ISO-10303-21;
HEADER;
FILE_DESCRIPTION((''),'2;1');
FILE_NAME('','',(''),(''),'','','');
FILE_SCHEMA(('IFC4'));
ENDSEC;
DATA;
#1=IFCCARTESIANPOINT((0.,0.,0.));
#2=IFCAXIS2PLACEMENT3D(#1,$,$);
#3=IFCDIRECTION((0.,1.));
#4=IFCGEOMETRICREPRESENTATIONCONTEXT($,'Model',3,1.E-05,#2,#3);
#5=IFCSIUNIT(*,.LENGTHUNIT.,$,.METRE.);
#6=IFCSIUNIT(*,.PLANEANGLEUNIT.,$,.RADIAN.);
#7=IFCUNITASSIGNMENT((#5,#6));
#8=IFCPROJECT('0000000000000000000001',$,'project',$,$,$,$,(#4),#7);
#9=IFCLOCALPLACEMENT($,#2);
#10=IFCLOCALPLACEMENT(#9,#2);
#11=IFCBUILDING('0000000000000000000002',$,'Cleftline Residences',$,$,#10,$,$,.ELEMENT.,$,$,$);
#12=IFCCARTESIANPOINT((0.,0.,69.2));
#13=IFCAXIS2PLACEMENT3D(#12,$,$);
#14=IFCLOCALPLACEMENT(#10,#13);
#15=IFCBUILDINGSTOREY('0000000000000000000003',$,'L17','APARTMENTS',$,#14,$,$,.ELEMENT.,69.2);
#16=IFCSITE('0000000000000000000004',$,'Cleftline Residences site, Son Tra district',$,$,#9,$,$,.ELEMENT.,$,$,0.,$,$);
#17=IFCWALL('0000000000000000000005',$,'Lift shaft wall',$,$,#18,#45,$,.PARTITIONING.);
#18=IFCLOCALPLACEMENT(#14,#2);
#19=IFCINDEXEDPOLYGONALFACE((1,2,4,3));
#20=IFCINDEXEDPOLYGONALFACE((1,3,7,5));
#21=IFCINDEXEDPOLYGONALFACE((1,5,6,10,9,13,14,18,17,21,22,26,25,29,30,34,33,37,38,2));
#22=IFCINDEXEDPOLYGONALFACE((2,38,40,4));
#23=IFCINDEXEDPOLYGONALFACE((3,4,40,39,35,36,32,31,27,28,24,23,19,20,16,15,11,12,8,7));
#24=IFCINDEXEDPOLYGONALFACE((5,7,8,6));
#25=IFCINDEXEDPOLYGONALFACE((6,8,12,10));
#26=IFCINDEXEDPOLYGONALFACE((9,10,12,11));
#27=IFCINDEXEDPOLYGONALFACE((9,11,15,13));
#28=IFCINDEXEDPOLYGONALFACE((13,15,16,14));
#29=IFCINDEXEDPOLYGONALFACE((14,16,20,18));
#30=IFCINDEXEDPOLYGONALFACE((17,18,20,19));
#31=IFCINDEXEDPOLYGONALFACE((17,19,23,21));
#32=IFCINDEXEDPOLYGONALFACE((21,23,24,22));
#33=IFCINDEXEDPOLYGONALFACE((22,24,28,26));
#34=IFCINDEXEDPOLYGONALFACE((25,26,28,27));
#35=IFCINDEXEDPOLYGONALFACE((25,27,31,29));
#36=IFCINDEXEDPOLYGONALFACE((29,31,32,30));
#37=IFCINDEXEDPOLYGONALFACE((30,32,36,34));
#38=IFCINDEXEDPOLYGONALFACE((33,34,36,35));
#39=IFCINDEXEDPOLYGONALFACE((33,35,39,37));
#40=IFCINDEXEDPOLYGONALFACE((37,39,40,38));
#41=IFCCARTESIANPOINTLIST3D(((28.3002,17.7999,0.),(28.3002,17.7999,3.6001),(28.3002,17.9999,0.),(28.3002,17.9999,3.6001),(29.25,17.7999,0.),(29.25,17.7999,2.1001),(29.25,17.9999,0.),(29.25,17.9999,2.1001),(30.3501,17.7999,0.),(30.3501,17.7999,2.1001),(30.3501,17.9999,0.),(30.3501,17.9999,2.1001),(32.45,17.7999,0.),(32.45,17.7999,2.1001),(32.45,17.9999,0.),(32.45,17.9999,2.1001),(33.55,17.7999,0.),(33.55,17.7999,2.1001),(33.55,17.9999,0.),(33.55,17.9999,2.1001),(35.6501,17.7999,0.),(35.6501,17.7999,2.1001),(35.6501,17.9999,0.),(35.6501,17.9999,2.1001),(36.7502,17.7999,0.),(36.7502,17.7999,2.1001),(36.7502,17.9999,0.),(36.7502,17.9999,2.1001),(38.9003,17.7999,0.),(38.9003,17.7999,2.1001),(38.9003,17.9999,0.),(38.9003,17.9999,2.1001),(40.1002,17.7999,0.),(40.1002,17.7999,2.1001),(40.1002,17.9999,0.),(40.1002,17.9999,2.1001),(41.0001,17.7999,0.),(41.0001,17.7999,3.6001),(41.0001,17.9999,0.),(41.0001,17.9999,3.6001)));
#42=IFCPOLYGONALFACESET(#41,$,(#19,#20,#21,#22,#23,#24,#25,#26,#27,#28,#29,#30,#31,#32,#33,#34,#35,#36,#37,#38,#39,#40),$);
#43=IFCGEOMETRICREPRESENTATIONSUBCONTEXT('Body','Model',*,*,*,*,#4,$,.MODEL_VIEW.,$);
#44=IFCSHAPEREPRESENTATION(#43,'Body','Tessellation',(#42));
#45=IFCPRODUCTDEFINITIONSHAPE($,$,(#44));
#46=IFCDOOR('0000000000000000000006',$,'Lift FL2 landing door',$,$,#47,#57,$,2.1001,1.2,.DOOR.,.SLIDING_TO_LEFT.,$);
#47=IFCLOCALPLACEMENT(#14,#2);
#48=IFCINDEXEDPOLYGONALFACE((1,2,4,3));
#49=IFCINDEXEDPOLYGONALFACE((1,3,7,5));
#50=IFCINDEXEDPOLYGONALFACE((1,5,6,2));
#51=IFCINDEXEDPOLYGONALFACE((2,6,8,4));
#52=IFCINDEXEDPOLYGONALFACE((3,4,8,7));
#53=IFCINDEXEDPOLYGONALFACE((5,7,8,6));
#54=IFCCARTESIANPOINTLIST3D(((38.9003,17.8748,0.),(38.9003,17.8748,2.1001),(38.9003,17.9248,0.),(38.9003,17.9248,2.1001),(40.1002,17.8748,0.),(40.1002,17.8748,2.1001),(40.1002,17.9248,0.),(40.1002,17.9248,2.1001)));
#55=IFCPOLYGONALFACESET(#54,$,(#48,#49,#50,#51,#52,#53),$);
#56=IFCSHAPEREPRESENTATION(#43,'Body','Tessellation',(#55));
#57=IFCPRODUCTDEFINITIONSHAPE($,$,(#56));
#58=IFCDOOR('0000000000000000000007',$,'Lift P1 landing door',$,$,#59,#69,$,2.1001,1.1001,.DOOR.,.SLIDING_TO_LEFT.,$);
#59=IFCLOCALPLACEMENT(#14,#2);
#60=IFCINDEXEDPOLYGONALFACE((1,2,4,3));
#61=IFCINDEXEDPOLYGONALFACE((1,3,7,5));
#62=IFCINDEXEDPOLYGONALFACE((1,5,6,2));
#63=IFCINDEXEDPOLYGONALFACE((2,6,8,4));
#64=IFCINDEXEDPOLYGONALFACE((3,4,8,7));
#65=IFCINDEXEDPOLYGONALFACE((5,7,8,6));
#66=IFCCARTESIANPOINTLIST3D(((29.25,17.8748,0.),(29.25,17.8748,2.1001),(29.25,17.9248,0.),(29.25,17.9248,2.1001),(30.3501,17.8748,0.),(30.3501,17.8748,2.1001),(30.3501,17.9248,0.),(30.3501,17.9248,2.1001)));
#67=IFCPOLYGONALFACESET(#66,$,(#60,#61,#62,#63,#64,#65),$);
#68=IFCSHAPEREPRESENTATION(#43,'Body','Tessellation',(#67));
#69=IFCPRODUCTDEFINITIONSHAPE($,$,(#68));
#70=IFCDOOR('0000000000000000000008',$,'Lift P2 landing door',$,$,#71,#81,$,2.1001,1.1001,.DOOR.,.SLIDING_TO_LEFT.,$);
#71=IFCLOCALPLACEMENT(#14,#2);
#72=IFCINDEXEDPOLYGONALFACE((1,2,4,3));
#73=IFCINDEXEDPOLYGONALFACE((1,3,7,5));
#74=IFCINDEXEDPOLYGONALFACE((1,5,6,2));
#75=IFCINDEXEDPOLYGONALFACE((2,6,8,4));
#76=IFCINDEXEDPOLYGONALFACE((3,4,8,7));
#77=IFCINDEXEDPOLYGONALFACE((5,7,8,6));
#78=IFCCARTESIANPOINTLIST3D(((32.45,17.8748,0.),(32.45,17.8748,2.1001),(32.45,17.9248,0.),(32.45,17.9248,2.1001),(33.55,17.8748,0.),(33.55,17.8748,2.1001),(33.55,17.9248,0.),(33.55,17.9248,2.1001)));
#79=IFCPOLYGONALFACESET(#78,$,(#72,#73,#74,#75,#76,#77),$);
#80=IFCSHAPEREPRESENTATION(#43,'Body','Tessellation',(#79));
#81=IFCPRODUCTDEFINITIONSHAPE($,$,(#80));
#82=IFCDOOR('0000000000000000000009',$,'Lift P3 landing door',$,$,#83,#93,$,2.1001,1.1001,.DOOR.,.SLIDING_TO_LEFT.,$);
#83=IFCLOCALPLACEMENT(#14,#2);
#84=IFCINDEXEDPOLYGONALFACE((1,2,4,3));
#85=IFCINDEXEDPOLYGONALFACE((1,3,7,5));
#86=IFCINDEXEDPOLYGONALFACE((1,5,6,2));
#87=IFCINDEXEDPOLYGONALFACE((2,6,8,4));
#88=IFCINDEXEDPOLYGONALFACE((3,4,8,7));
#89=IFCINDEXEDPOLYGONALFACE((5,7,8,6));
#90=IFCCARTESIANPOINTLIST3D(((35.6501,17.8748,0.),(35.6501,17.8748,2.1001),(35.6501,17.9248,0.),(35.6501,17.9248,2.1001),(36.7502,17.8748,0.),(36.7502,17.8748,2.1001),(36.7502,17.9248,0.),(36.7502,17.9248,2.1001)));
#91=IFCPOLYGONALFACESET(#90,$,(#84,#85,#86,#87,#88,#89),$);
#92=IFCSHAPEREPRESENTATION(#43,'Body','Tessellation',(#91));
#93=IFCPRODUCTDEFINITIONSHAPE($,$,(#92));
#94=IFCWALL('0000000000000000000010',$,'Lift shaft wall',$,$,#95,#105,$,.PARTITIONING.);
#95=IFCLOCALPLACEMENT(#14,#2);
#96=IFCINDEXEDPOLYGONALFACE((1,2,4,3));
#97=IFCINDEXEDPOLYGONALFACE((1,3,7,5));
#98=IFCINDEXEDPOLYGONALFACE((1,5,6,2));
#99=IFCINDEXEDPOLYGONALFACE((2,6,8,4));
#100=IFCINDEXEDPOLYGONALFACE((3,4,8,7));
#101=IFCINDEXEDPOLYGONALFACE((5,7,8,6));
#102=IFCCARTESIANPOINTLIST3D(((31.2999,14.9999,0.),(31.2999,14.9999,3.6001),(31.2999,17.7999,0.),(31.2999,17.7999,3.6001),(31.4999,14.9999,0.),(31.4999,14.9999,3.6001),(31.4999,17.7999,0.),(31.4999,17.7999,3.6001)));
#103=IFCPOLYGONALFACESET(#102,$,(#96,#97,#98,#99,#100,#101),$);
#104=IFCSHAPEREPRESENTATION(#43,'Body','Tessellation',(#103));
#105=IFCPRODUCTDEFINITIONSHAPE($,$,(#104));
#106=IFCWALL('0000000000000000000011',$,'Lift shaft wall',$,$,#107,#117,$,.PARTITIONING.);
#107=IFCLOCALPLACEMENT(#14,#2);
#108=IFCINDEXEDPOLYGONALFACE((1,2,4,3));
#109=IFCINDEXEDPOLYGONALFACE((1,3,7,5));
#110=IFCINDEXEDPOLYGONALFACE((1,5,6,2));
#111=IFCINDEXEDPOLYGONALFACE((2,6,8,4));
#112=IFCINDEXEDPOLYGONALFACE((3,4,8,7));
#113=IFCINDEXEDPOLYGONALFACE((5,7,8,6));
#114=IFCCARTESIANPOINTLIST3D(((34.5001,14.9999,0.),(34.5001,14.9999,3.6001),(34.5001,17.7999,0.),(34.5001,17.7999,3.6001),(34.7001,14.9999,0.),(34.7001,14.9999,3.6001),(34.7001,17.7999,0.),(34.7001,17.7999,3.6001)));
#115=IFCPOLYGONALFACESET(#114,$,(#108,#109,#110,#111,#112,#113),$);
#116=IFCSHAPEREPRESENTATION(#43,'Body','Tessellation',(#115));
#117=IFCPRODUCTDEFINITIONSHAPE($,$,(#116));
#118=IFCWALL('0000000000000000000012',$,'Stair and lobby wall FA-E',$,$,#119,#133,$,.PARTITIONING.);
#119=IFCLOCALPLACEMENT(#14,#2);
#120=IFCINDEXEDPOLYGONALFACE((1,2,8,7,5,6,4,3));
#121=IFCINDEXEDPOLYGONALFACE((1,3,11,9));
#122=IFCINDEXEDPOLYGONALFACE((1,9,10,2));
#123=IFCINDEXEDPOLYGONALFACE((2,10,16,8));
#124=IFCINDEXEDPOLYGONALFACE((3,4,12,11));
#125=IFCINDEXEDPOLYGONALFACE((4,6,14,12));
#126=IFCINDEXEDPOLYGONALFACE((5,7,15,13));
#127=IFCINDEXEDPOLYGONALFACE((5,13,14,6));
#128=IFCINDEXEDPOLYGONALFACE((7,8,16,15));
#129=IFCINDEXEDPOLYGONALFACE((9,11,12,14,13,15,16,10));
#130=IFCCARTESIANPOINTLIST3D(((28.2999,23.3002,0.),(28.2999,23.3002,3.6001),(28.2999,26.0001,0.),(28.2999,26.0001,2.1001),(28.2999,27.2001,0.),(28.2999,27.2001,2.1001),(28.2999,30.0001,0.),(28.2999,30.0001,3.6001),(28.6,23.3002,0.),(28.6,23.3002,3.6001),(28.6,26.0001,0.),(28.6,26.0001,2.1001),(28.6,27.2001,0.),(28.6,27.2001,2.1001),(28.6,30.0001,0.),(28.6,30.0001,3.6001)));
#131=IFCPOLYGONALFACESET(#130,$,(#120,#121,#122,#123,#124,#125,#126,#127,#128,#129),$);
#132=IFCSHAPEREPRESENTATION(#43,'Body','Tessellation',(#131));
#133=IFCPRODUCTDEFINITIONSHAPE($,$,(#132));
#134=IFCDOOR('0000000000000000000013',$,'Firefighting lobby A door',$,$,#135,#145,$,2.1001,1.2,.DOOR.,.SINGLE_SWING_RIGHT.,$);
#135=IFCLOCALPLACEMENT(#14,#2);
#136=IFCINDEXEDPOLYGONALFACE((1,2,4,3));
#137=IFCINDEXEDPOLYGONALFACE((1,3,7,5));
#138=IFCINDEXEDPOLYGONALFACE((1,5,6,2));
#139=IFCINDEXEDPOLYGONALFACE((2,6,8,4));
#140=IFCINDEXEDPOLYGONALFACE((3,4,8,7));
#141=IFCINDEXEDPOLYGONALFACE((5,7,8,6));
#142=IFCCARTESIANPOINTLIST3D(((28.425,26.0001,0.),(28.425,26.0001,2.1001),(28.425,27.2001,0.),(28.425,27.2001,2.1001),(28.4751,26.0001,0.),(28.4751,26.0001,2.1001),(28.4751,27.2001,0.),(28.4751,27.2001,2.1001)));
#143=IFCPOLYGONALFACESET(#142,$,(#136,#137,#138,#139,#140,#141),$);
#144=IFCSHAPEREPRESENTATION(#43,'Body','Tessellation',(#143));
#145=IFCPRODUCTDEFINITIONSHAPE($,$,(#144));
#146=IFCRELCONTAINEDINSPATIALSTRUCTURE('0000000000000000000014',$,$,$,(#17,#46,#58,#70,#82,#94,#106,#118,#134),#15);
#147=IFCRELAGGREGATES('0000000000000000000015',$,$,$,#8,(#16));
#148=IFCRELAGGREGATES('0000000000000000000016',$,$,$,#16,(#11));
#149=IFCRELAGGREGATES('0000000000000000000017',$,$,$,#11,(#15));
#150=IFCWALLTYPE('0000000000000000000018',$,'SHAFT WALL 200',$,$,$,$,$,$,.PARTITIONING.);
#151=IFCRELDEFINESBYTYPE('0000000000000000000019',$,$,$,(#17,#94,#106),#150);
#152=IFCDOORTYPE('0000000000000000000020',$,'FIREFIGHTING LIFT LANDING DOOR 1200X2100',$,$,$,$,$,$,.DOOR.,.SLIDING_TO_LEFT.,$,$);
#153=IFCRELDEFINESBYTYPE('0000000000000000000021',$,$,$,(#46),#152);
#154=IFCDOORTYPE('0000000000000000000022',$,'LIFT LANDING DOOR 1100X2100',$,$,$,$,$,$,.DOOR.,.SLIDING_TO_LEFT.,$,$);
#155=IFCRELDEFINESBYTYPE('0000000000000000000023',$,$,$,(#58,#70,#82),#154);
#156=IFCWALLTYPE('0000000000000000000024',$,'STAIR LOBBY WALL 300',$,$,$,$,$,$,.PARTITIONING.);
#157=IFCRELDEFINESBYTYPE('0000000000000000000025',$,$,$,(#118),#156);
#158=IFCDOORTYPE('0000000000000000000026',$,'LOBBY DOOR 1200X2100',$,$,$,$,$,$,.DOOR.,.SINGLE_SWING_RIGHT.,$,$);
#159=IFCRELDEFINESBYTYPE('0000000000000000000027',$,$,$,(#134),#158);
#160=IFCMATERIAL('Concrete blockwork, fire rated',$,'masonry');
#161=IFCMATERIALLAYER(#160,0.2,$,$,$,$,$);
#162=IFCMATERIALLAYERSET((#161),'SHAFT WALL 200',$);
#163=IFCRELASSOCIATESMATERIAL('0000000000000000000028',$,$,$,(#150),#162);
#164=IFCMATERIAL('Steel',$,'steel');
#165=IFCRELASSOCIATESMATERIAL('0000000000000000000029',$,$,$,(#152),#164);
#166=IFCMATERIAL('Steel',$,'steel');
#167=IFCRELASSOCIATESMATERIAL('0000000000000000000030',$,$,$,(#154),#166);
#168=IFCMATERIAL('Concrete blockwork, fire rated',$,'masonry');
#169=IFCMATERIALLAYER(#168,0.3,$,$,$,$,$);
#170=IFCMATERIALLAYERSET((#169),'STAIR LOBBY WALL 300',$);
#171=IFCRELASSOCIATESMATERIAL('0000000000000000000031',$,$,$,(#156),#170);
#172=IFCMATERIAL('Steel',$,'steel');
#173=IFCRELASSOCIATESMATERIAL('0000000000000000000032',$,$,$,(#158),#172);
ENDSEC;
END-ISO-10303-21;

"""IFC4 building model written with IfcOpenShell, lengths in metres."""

from ifc_helpers import new_model, si_unit, direction, frame, frame_2d, origin, place, context, subcontext, project, spatial, rectangle, extrude, material, layer, layer_set, type_object, element, fill, save


model = new_model("IFC4")

# Units and contexts
model_context = context("Model", 3, precision=1e-05, world=origin(), true_north=direction((0.0, 1.0)))
body_context = subcontext(model_context, "Body", "Model", "MODEL_VIEW")
ifc_project = project(units=[si_unit("LENGTHUNIT", "METRE"), si_unit("PLANEANGLEUNIT", "RADIAN")], contexts=[model_context])

# Site, building, storey
site_placement = place(None, origin())
site = spatial("IfcSite", under=ifc_project, at=site_placement, Name="Cleftline Residences site, Son Tra district", CompositionType="ELEMENT", RefElevation=0.0)
building_placement = place(site_placement, origin())
building = spatial("IfcBuilding", under=site, at=building_placement, Name="Cleftline Residences", CompositionType="ELEMENT")
storey_placement = place(building_placement, frame((0.0, 0.0, 69.2)))
storey = spatial("IfcBuildingStorey", under=building, at=storey_placement, Name="L17", Description="APARTMENTS", CompositionType="ELEMENT", Elevation=69.2)

# Wall, openings, doors
ifc_material_1 = material(Name="Concrete blockwork, fire rated", Category="masonry")
ifc_layer_1 = layer(ifc_material_1, 0.2)
ifc_layer_set_1 = layer_set([ifc_layer_1], Name="SHAFT WALL 200")
wall_type_1 = type_object("IfcWallType", Name="SHAFT WALL 200", PredefinedType="PARTITIONING", material=ifc_layer_set_1)
wall_1_placement = place(storey_placement, frame((28.3, 17.8999, 0.0), z_axis=(0.0, 0.0, 1.0), x_axis=(1.0, 0.0, 0.0)))
wall_1 = element("IfcWall", 1, at=wall_1_placement, inside=storey, type_object=wall_type_1, Name="Lift shaft wall", PredefinedType="PARTITIONING", context=body_context, shape_type="SweptSolid", body=[
    extrude(rectangle(XDim=12.7, YDim=0.2, at=frame_2d((6.3501, 0.0))), origin(), (0.0, 0.0, 1.0), 3.6001),
])
opening_1_placement = place(wall_1_placement, frame((0.95, 0.0, 0.0)))
opening_1 = element("IfcOpeningElement", 2, at=opening_1_placement, cuts=wall_1, PredefinedType="OPENING", context=body_context, shape_type="SweptSolid", body=[
    extrude(rectangle(XDim=1.1001, YDim=2.1001, at=frame_2d((0.55, 1.05))), frame((0.0, 0.1099, 0.0), z_axis=(0.0, -1.0, 0.0), x_axis=(1.0, 0.0, 0.0)), (0.0, 0.0, 1.0), 0.22),
])
opening_2_placement = place(wall_1_placement, frame((4.1499, 0.0, 0.0)))
opening_2 = element("IfcOpeningElement", 3, at=opening_2_placement, cuts=wall_1, PredefinedType="OPENING", context=body_context, shape_type="SweptSolid", body=[
    extrude(rectangle(XDim=1.1001, YDim=2.1001, at=frame_2d((0.55, 1.05))), frame((0.0, 0.1099, 0.0), z_axis=(0.0, -1.0, 0.0), x_axis=(1.0, 0.0, 0.0)), (0.0, 0.0, 1.0), 0.22),
])
opening_3_placement = place(wall_1_placement, frame((7.3501, 0.0, 0.0)))
opening_3 = element("IfcOpeningElement", 4, at=opening_3_placement, cuts=wall_1, PredefinedType="OPENING", context=body_context, shape_type="SweptSolid", body=[
    extrude(rectangle(XDim=1.1001, YDim=2.1001, at=frame_2d((0.55, 1.05))), frame((0.0, 0.1099, 0.0), z_axis=(0.0, -1.0, 0.0), x_axis=(1.0, 0.0, 0.0)), (0.0, 0.0, 1.0), 0.22),
])
opening_4_placement = place(wall_1_placement, frame((10.6001, 0.0, 0.0)))
opening_4 = element("IfcOpeningElement", 5, at=opening_4_placement, cuts=wall_1, PredefinedType="OPENING", context=body_context, shape_type="SweptSolid", body=[
    extrude(rectangle(XDim=1.2, YDim=2.1001, at=frame_2d((0.6001, 1.05))), frame((0.0, 0.1099, 0.0), z_axis=(0.0, -1.0, 0.0), x_axis=(1.0, 0.0, 0.0)), (0.0, 0.0, 1.0), 0.22),
])
ifc_material_2 = material(Name="Steel", Category="steel")
door_type_1 = type_object("IfcDoorType", Name="FIREFIGHTING LIFT LANDING DOOR 1200X2100", OperationType="SLIDING_TO_LEFT", PredefinedType="DOOR", material=ifc_material_2)
door_1_placement = place(opening_4_placement, origin())
door_1 = element("IfcDoor", 6, at=door_1_placement, inside=storey, type_object=door_type_1, Name="Lift FL2 landing door", OperationType="SLIDING_TO_LEFT", OverallHeight=2.1001, OverallWidth=1.2, PredefinedType="DOOR", context=body_context, shape_type="SweptSolid", body=[
    extrude(rectangle(XDim=1.2, YDim=2.1001, at=frame_2d((0.6001, 1.05))), frame((0.0, 0.0249, 0.0), z_axis=(0.0, -1.0, 0.0), x_axis=(1.0, 0.0, 0.0)), (0.0, 0.0, 1.0), 0.05),
])
fill(opening_4, door_1)
ifc_material_3 = material(Name="Steel", Category="steel")
door_type_2 = type_object("IfcDoorType", Name="LIFT LANDING DOOR 1100X2100", OperationType="SLIDING_TO_LEFT", PredefinedType="DOOR", material=ifc_material_3)
door_2_placement = place(opening_1_placement, origin())
door_2 = element("IfcDoor", 7, at=door_2_placement, inside=storey, type_object=door_type_2, Name="Lift P1 landing door", OperationType="SLIDING_TO_LEFT", OverallHeight=2.1001, OverallWidth=1.1001, PredefinedType="DOOR", context=body_context, shape_type="SweptSolid", body=[
    extrude(rectangle(XDim=1.1001, YDim=2.1001, at=frame_2d((0.55, 1.05))), frame((0.0, 0.0249, 0.0), z_axis=(0.0, -1.0, 0.0), x_axis=(1.0, 0.0, 0.0)), (0.0, 0.0, 1.0), 0.05),
])
fill(opening_1, door_2)
door_3_placement = place(opening_2_placement, origin())
door_3 = element("IfcDoor", 8, at=door_3_placement, inside=storey, type_object=door_type_2, Name="Lift P2 landing door", OperationType="SLIDING_TO_LEFT", OverallHeight=2.1001, OverallWidth=1.1001, PredefinedType="DOOR", context=body_context, shape_type="SweptSolid", body=[
    extrude(rectangle(XDim=1.1001, YDim=2.1001, at=frame_2d((0.55, 1.05))), frame((0.0, 0.0249, 0.0), z_axis=(0.0, -1.0, 0.0), x_axis=(1.0, 0.0, 0.0)), (0.0, 0.0, 1.0), 0.05),
])
fill(opening_2, door_3)
door_4_placement = place(opening_3_placement, origin())
door_4 = element("IfcDoor", 9, at=door_4_placement, inside=storey, type_object=door_type_2, Name="Lift P3 landing door", OperationType="SLIDING_TO_LEFT", OverallHeight=2.1001, OverallWidth=1.1001, PredefinedType="DOOR", context=body_context, shape_type="SweptSolid", body=[
    extrude(rectangle(XDim=1.1001, YDim=2.1001, at=frame_2d((0.55, 1.05))), frame((0.0, 0.0249, 0.0), z_axis=(0.0, -1.0, 0.0), x_axis=(1.0, 0.0, 0.0)), (0.0, 0.0, 1.0), 0.05),
])
fill(opening_3, door_4)

# Walls
for number, where, z_axis, x_axis, name in (
    (10, (31.3999, 15.0, 0.0), (0.0, 0.0, 1.0), (0.0, 1.0, 0.0), "Lift shaft wall"),
    (11, (34.6001, 15.0, 0.0), (0.0, 0.0, 1.0), (0.0, 1.0, 0.0), "Lift shaft wall"),
):
    element("IfcWall", number, at=place(storey_placement, frame(where, z_axis=z_axis, x_axis=x_axis)), inside=storey, type_object=wall_type_1, Name=name, PredefinedType="PARTITIONING", context=body_context, shape_type="SweptSolid", body=[
        extrude(rectangle(XDim=2.8, YDim=0.2, at=frame_2d((1.3999, 0.0))), origin(), (0.0, 0.0, 1.0), 3.6001),
    ])

# Wall, opening, door
ifc_material_4 = material(Name="Concrete blockwork, fire rated", Category="masonry")
ifc_layer_2 = layer(ifc_material_4, 0.3)
ifc_layer_set_2 = layer_set([ifc_layer_2], Name="STAIR LOBBY WALL 300")
wall_type_2 = type_object("IfcWallType", Name="STAIR LOBBY WALL 300", PredefinedType="PARTITIONING", material=ifc_layer_set_2)
wall_2_placement = place(storey_placement, frame((28.45, 23.3, 0.0), z_axis=(0.0, 0.0, 1.0), x_axis=(0.0, 1.0, 0.0)))
wall_2 = element("IfcWall", 12, at=wall_2_placement, inside=storey, type_object=wall_type_2, Name="Stair and lobby wall FA-E", PredefinedType="PARTITIONING", context=body_context, shape_type="SweptSolid", body=[
    extrude(rectangle(XDim=6.7, YDim=0.3, at=frame_2d((3.3501, 0.0))), origin(), (0.0, 0.0, 1.0), 3.6001),
])
opening_5_placement = place(wall_2_placement, frame((2.7, 0.0, 0.0)))
opening_5 = element("IfcOpeningElement", 13, at=opening_5_placement, cuts=wall_2, PredefinedType="OPENING", context=body_context, shape_type="SweptSolid", body=[
    extrude(rectangle(XDim=1.2, YDim=2.1001, at=frame_2d((0.6001, 1.05))), frame((0.0, 0.1599, 0.0), z_axis=(0.0, -1.0, 0.0), x_axis=(1.0, 0.0, 0.0)), (0.0, 0.0, 1.0), 0.3201),
])
ifc_material_5 = material(Name="Steel", Category="steel")
door_type_3 = type_object("IfcDoorType", Name="LOBBY DOOR 1200X2100", OperationType="SINGLE_SWING_RIGHT", PredefinedType="DOOR", material=ifc_material_5)
door_5_placement = place(opening_5_placement, origin())
door_5 = element("IfcDoor", 14, at=door_5_placement, inside=storey, type_object=door_type_3, Name="Firefighting lobby A door", OperationType="SINGLE_SWING_RIGHT", OverallHeight=2.1001, OverallWidth=1.2, PredefinedType="DOOR", context=body_context, shape_type="SweptSolid", body=[
    extrude(rectangle(XDim=1.2, YDim=2.1001, at=frame_2d((0.6001, 1.05))), frame((0.0, 0.0249, 0.0), z_axis=(0.0, -1.0, 0.0), x_axis=(1.0, 0.0, 0.0)), (0.0, 0.0, 1.0), 0.05),
])
fill(opening_5, door_5)

save(model, "model.ifc")
